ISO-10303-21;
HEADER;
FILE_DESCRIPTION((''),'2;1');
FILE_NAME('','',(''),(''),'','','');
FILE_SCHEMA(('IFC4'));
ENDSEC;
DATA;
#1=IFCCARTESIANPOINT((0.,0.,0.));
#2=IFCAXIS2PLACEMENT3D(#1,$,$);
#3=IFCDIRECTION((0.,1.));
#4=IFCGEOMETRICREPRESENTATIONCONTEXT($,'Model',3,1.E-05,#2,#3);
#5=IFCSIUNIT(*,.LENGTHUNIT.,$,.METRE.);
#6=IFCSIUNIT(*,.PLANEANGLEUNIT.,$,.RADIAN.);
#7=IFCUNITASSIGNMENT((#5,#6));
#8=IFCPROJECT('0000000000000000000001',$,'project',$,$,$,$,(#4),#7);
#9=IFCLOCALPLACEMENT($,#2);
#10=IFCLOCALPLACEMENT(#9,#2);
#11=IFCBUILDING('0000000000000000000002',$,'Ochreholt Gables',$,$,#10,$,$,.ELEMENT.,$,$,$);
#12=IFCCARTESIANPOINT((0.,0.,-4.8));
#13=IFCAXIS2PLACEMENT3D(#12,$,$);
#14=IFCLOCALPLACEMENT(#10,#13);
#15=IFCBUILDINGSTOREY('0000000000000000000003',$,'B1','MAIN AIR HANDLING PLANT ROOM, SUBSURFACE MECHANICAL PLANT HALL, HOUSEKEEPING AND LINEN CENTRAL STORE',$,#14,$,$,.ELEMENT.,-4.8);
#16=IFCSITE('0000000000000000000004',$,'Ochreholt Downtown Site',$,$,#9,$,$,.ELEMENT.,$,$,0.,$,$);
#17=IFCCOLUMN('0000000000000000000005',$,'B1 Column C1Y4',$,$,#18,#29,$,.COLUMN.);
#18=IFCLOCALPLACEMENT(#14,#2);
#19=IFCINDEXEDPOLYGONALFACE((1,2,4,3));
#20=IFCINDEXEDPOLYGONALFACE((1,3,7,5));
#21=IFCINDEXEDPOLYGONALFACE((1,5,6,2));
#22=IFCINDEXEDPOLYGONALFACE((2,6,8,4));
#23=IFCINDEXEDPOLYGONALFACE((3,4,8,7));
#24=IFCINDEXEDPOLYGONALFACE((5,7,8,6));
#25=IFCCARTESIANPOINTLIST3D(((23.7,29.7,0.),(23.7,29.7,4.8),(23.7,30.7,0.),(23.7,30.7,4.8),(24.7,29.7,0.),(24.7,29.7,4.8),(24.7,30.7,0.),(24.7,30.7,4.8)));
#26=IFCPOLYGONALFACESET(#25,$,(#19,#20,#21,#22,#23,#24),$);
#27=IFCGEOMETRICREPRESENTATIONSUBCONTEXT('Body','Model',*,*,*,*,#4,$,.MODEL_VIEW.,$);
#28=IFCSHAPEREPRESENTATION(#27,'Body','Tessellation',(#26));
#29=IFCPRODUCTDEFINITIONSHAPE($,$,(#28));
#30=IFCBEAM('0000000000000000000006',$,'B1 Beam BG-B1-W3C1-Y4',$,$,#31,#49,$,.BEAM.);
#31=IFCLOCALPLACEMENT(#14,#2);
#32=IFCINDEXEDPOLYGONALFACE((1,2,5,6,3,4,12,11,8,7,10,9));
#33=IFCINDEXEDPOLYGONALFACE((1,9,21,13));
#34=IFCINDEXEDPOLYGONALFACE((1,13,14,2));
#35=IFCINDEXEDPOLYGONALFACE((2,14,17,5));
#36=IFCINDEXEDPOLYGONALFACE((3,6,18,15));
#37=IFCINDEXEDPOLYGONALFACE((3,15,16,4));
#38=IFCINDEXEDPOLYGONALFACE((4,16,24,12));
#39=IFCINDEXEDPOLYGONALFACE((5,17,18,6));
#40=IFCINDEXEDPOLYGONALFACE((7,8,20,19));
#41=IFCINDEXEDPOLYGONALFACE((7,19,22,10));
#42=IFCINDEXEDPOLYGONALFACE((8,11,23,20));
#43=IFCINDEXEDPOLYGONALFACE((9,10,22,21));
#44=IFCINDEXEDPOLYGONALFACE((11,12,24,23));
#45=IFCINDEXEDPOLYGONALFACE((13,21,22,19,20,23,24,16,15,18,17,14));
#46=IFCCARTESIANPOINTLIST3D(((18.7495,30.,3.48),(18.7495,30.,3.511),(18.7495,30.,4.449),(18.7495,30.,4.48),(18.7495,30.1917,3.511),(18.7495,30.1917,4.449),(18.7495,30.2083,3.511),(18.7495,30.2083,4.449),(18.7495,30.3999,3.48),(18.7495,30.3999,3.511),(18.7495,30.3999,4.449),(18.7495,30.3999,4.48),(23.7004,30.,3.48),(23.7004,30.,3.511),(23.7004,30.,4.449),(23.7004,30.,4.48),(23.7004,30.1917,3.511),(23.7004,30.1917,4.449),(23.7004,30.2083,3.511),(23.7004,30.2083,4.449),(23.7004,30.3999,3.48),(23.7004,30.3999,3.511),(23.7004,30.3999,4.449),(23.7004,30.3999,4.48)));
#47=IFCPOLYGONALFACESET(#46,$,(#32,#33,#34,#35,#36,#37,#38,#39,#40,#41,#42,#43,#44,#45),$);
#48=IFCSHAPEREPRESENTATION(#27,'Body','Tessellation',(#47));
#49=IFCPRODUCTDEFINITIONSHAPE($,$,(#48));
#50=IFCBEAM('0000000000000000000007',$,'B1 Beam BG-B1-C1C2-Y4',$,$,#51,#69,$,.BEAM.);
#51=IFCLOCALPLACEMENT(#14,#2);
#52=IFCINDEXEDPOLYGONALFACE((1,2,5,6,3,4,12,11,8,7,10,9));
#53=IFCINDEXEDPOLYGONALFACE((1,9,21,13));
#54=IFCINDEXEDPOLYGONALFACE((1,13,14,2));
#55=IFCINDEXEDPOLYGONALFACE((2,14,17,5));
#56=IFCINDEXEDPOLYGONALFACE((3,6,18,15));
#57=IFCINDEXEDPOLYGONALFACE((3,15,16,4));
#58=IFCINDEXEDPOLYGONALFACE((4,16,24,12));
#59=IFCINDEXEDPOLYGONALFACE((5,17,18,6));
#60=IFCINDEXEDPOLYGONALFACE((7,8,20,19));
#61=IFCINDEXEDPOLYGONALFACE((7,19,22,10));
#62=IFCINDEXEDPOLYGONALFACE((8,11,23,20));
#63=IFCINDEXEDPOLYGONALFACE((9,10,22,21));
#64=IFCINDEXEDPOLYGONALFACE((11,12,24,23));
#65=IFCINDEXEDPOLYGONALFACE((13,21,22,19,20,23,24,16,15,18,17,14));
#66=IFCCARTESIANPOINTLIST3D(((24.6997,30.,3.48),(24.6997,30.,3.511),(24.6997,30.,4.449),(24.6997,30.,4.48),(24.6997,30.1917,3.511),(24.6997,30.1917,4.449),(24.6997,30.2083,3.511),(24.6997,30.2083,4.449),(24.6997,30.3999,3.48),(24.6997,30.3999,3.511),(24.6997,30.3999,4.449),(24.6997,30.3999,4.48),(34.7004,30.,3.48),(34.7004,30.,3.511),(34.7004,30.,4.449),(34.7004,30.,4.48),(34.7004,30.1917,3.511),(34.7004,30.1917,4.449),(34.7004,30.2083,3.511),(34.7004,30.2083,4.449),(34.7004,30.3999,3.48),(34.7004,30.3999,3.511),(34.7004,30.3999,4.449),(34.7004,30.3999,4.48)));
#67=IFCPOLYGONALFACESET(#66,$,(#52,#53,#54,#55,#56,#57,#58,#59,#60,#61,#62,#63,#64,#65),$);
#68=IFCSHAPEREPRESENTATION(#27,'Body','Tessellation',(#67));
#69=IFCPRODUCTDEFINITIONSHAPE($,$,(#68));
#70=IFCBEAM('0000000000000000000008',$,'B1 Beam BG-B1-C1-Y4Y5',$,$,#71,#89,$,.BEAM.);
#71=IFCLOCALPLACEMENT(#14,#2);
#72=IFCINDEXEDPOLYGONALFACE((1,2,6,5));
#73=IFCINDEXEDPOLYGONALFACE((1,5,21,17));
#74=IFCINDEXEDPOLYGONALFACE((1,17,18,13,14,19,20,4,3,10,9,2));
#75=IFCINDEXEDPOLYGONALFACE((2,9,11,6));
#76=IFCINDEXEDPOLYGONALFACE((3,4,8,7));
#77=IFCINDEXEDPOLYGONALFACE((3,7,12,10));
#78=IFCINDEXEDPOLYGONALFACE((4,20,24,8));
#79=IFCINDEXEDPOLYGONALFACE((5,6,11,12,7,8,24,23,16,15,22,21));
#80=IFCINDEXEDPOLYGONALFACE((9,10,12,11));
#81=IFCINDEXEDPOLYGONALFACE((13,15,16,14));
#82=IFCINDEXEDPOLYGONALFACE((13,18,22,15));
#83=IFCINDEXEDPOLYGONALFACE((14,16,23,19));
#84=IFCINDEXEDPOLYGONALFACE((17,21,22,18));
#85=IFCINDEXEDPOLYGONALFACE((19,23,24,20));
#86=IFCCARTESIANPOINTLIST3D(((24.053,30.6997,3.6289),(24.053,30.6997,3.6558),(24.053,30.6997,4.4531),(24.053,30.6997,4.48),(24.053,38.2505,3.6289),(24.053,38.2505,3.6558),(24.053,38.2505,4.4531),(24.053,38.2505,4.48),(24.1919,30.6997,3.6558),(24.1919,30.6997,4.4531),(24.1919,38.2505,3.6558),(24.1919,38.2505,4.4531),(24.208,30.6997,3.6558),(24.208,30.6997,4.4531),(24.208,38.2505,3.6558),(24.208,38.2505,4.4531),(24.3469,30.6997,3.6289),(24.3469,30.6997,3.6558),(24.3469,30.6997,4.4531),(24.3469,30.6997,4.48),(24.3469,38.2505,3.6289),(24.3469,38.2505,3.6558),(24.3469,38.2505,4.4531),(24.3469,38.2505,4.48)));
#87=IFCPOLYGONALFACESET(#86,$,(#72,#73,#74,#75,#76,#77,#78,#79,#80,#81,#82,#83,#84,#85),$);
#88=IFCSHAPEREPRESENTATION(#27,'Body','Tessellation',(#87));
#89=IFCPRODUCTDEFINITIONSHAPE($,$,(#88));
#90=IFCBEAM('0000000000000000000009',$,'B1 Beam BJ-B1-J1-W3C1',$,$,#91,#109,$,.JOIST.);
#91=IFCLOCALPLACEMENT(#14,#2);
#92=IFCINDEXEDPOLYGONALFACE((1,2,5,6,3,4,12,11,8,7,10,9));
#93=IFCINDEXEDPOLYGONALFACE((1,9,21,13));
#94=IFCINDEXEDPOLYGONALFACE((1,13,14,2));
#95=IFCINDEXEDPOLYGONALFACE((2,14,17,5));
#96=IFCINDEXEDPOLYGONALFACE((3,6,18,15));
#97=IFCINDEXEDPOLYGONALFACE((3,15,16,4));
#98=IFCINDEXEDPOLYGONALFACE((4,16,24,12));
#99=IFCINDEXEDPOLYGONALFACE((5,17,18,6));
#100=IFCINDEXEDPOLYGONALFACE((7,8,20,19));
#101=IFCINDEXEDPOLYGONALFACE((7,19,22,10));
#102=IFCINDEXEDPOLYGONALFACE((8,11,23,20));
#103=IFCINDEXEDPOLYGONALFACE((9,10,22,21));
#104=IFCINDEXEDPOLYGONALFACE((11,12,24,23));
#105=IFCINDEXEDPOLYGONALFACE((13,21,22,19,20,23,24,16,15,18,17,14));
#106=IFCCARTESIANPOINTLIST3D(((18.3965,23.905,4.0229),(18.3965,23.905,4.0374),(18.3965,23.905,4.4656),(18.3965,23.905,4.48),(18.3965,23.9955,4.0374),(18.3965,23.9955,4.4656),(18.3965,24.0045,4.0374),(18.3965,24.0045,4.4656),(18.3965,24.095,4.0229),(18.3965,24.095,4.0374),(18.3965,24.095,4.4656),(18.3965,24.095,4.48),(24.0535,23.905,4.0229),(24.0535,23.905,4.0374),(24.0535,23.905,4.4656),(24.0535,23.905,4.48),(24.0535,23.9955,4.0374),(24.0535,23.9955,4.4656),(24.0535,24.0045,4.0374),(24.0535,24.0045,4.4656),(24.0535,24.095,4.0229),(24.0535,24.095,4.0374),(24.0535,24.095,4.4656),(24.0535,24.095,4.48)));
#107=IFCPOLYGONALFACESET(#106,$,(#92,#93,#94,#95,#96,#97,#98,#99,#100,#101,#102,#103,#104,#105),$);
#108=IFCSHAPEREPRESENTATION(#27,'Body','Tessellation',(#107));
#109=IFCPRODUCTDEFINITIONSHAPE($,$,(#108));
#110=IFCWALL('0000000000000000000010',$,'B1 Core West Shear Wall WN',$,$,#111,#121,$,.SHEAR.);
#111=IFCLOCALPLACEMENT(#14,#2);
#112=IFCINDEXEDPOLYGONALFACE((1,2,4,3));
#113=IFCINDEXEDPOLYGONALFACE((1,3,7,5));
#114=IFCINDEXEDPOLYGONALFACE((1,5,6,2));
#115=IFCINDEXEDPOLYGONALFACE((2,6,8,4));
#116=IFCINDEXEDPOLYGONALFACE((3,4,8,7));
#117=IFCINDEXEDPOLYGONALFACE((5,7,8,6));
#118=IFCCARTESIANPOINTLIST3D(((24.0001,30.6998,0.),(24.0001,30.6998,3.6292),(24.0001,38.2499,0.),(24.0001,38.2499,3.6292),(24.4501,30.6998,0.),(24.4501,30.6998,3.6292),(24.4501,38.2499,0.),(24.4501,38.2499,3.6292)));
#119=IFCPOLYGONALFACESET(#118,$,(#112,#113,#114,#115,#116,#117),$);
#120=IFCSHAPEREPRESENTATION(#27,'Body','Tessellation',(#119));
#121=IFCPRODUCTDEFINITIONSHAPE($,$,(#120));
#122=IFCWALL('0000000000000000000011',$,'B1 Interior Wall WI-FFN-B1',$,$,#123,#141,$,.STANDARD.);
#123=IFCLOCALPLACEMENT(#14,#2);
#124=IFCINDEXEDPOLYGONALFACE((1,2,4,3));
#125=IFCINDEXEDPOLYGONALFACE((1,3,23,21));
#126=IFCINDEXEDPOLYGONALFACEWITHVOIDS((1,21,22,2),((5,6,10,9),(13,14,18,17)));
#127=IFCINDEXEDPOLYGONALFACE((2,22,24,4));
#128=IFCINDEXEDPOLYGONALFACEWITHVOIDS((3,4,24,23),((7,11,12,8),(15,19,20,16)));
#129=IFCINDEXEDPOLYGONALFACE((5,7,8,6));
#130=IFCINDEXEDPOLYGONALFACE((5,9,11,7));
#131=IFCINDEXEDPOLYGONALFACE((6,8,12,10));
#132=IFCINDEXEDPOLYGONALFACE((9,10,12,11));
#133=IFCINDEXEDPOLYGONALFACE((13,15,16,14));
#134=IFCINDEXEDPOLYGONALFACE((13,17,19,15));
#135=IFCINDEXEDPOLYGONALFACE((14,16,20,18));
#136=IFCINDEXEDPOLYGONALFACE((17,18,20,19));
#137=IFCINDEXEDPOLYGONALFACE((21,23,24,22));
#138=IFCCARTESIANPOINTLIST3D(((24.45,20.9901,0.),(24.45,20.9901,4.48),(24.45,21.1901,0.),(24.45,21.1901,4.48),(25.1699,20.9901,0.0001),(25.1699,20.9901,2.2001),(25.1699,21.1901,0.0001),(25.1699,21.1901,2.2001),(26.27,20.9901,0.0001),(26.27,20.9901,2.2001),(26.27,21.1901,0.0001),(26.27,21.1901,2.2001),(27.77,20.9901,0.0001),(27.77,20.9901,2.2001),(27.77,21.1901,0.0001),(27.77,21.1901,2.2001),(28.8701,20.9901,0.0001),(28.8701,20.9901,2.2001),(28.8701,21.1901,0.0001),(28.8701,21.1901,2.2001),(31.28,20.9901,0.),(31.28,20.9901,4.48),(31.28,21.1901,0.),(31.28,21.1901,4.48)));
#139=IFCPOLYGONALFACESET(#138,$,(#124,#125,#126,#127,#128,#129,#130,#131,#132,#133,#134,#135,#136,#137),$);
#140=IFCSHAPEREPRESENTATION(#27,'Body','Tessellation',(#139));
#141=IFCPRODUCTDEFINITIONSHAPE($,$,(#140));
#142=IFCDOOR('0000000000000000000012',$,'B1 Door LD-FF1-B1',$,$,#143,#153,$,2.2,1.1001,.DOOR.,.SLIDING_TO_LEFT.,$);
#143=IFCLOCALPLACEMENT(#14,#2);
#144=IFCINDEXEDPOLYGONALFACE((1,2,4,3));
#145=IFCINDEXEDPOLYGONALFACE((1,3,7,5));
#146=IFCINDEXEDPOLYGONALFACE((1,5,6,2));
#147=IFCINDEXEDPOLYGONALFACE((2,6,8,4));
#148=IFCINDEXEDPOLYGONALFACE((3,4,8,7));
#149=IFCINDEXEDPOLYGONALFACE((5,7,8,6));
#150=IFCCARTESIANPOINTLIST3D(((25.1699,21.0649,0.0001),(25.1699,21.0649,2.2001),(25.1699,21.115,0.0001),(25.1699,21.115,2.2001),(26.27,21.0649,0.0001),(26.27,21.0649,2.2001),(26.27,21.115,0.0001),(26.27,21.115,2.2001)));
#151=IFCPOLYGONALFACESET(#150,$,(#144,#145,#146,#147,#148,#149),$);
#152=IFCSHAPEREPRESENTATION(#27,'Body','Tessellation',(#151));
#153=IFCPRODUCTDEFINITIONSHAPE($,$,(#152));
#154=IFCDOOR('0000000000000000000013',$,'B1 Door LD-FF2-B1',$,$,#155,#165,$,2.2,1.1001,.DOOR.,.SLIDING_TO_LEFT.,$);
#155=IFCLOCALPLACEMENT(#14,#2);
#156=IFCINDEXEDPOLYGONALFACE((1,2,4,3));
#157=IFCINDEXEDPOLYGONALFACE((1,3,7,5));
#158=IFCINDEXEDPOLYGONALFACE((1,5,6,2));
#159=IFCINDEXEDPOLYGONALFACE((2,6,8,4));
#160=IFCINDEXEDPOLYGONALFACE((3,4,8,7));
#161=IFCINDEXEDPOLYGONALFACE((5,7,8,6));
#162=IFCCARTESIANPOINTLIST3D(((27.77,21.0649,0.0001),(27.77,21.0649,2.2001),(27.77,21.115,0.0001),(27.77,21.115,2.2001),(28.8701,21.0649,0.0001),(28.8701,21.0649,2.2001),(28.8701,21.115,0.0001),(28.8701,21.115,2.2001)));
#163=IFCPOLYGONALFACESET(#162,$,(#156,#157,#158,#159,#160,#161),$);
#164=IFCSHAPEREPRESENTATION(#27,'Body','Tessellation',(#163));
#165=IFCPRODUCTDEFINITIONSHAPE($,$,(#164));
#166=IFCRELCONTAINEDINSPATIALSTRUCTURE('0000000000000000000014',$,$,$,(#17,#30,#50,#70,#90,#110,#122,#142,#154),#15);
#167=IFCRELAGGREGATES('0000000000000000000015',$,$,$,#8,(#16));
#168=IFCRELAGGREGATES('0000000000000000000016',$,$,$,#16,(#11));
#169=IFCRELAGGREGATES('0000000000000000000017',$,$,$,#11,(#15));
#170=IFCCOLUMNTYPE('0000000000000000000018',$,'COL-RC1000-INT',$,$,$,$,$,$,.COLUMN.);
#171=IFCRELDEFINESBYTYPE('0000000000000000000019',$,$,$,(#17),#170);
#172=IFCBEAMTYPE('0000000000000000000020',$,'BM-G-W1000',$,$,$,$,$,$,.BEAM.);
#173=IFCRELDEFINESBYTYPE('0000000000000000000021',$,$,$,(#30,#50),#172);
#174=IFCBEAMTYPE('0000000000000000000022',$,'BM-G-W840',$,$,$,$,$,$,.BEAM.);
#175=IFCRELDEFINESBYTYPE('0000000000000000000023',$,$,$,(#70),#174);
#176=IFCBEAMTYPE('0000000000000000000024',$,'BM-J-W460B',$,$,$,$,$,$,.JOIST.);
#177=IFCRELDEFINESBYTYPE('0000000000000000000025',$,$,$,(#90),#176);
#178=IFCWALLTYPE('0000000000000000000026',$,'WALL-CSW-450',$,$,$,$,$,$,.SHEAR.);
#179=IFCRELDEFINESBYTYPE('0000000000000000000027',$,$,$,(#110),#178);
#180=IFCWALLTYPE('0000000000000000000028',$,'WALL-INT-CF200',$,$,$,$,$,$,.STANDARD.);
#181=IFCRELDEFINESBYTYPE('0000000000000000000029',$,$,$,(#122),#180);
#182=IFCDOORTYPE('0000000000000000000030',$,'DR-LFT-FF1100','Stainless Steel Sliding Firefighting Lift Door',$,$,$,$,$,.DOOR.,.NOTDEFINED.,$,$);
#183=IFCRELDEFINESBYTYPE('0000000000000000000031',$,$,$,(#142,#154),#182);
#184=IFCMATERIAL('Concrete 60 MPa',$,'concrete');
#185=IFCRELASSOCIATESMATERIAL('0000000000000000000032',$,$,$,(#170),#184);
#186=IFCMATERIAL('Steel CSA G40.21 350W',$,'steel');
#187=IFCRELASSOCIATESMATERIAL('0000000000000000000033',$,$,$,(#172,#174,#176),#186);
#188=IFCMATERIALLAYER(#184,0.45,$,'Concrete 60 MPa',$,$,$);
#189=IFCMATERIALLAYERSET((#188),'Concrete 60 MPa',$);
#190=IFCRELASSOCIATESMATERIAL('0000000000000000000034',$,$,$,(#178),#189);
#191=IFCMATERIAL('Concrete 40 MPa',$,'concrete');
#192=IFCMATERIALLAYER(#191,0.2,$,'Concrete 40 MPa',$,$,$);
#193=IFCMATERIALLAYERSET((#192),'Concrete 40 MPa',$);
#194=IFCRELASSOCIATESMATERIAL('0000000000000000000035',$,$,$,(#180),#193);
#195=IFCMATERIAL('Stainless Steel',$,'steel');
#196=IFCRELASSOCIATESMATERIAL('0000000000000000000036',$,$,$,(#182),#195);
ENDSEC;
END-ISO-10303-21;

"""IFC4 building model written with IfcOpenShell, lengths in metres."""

from ifc_helpers import new_model, si_unit, direction, frame, frame_2d, origin, origin_2d, place, context, subcontext, project, spatial, rectangle, i_section, extrude, material, layer, layer_set, material_profile, profile_set, type_object, element, fill, save


model = new_model("IFC4")

# Units and contexts
model_context = context("Model", 3, precision=1e-05, world=origin(), true_north=direction((0.0, 1.0)))
body_context = subcontext(model_context, "Body", "Model", "MODEL_VIEW")
ifc_project = project(units=[si_unit("LENGTHUNIT", "METRE"), si_unit("PLANEANGLEUNIT", "RADIAN")], contexts=[model_context])

# Site, building, storey
site_placement = place(None, origin())
site = spatial("IfcSite", under=ifc_project, at=site_placement, Name="Ochreholt Downtown Site", CompositionType="ELEMENT", RefElevation=0.0)
building_placement = place(site_placement, origin())
building = spatial("IfcBuilding", under=site, at=building_placement, Name="Ochreholt Gables", CompositionType="ELEMENT")
storey_placement = place(building_placement, frame((0.0, 0.0, -4.8)))
storey = spatial("IfcBuildingStorey", under=building, at=storey_placement, Name="B1", Description="MAIN AIR HANDLING PLANT ROOM, SUBSURFACE MECHANICAL PLANT HALL, HOUSEKEEPING AND LINEN CENTRAL STORE", CompositionType="ELEMENT", Elevation=-4.8)

# Column
ifc_material_1 = material(Name="Concrete 60 MPa", Category="concrete")
ifc_material_profile_1 = material_profile(ifc_material_1, rectangle(XDim=1.0, YDim=1.0, at=origin_2d()), Name="RC1000X1000")
ifc_profile_set_1 = profile_set([ifc_material_profile_1], Name="Concrete 60 MPa")
column_type = type_object("IfcColumnType", Name="COL-RC1000-INT", PredefinedType="COLUMN", material=ifc_profile_set_1)
column_placement = place(storey_placement, frame((24.2, 30.2, 0.0), z_axis=(0.0, 0.0, 1.0), x_axis=(1.0, 0.0, 0.0)))
element("IfcColumn", 1, at=column_placement, inside=storey, type_object=column_type, Name="B1 Column C1Y4", PredefinedType="COLUMN", context=body_context, shape_type="SweptSolid", body=[
    extrude(rectangle(XDim=1.0, YDim=1.0, at=origin_2d()), origin(), (0.0, 0.0, 1.0), 4.8),
])

# Beams
ifc_material_2 = material(Name="Steel CSA G40.21 350W", Category="steel")
ifc_material_profile_2 = material_profile(ifc_material_2, i_section(OverallWidth=0.3999, OverallDepth=1.0, WebThickness=0.0166, FlangeThickness=0.031, at=origin_2d()), Name="W1000X321")
ifc_profile_set_2 = profile_set([ifc_material_profile_2], Name="Steel CSA G40.21 350W")
beam_type_1 = type_object("IfcBeamType", Name="BM-G-W1000", PredefinedType="BEAM", material=ifc_profile_set_2)
beam_1_placement = place(storey_placement, frame((18.7495, 30.2, 3.98), z_axis=(1.0, 0.0, 0.0), x_axis=(0.0, 1.0, 0.0)))
element("IfcBeam", 2, at=beam_1_placement, inside=storey, type_object=beam_type_1, Name="B1 Beam BG-B1-W3C1-Y4", PredefinedType="BEAM", context=body_context, shape_type="SweptSolid", body=[
    extrude(i_section(OverallWidth=0.3999, OverallDepth=1.0, WebThickness=0.0166, FlangeThickness=0.031, at=origin_2d()), origin(), (0.0, 0.0, 1.0), 4.9509),
])
beam_2_placement = place(storey_placement, frame((24.6997, 30.2, 3.98), z_axis=(1.0, 0.0, 0.0), x_axis=(0.0, 1.0, 0.0)))
element("IfcBeam", 3, at=beam_2_placement, inside=storey, type_object=beam_type_1, Name="B1 Beam BG-B1-C1C2-Y4", PredefinedType="BEAM", context=body_context, shape_type="SweptSolid", body=[
    extrude(i_section(OverallWidth=0.3999, OverallDepth=1.0, WebThickness=0.0166, FlangeThickness=0.031, at=origin_2d()), origin(), (0.0, 0.0, 1.0), 10.0007),
])
ifc_material_profile_3 = material_profile(ifc_material_2, i_section(OverallWidth=0.2939, OverallDepth=0.8511, WebThickness=0.0161, FlangeThickness=0.0269, at=origin_2d()), Name="W840X226")
ifc_profile_set_3 = profile_set([ifc_material_profile_3], Name="Steel CSA G40.21 350W")
beam_type_2 = type_object("IfcBeamType", Name="BM-G-W840", PredefinedType="BEAM", material=ifc_profile_set_3)
beam_3_placement = place(storey_placement, frame((24.2, 30.6997, 4.0544), z_axis=(0.0, 1.0, 0.0), x_axis=(-1.0, 0.0, 0.0)))
element("IfcBeam", 4, at=beam_3_placement, inside=storey, type_object=beam_type_2, Name="B1 Beam BG-B1-C1-Y4Y5", PredefinedType="BEAM", context=body_context, shape_type="SweptSolid", body=[
    extrude(i_section(OverallWidth=0.2939, OverallDepth=0.8511, WebThickness=0.0161, FlangeThickness=0.0269, at=origin_2d()), origin(), (0.0, 0.0, 1.0), 7.5508),
])
ifc_material_profile_4 = material_profile(ifc_material_2, i_section(OverallWidth=0.1899, OverallDepth=0.457, WebThickness=0.009, FlangeThickness=0.0144, at=origin_2d()), Name="W460X74")
ifc_profile_set_4 = profile_set([ifc_material_profile_4], Name="Steel CSA G40.21 350W")
beam_type_3 = type_object("IfcBeamType", Name="BM-J-W460B", PredefinedType="JOIST", material=ifc_profile_set_4)
beam_4_placement = place(storey_placement, frame((18.3965, 24.0, 4.2515), z_axis=(1.0, 0.0, 0.0), x_axis=(0.0, 1.0, 0.0)))
element("IfcBeam", 5, at=beam_4_placement, inside=storey, type_object=beam_type_3, Name="B1 Beam BJ-B1-J1-W3C1", PredefinedType="JOIST", context=body_context, shape_type="SweptSolid", body=[
    extrude(i_section(OverallWidth=0.1899, OverallDepth=0.457, WebThickness=0.009, FlangeThickness=0.0144, at=origin_2d()), origin(), (0.0, 0.0, 1.0), 5.657),
])

# Wall
ifc_layer_1 = layer(ifc_material_1, 0.45, Name="Concrete 60 MPa")
ifc_layer_set_1 = layer_set([ifc_layer_1], Name="Concrete 60 MPa")
wall_type_1 = type_object("IfcWallType", Name="WALL-CSW-450", PredefinedType="SHEAR", material=ifc_layer_set_1)
wall_1_placement = place(storey_placement, frame((24.2251, 30.7, 0.0), z_axis=(0.0, 0.0, 1.0), x_axis=(0.0, 1.0, 0.0)))
element("IfcWall", 6, at=wall_1_placement, inside=storey, type_object=wall_type_1, Name="B1 Core West Shear Wall WN", PredefinedType="SHEAR", context=body_context, shape_type="SweptSolid", body=[
    extrude(rectangle(XDim=7.55, YDim=0.45, at=frame_2d((3.7749, 0.0))), origin(), (0.0, 0.0, 1.0), 3.6292),
])

# Wall, openings, doors
ifc_material_3 = material(Name="Concrete 40 MPa", Category="concrete")
ifc_layer_2 = layer(ifc_material_3, 0.2, Name="Concrete 40 MPa")
ifc_layer_set_2 = layer_set([ifc_layer_2], Name="Concrete 40 MPa")
wall_type_2 = type_object("IfcWallType", Name="WALL-INT-CF200", PredefinedType="STANDARD", material=ifc_layer_set_2)
wall_2_placement = place(storey_placement, frame((24.45, 21.0901, 0.0), z_axis=(0.0, 0.0, 1.0), x_axis=(1.0, 0.0, 0.0)))
wall_2 = element("IfcWall", 7, at=wall_2_placement, inside=storey, type_object=wall_type_2, Name="B1 Interior Wall WI-FFN-B1", PredefinedType="STANDARD", context=body_context, shape_type="SweptSolid", body=[
    extrude(rectangle(XDim=6.8301, YDim=0.2, at=frame_2d((3.415, 0.0))), origin(), (0.0, 0.0, 1.0), 4.48),
])
opening_1_placement = place(wall_2_placement, frame((0.72, 0.0, 0.0)))
opening_1 = element("IfcOpeningElement", 8, at=opening_1_placement, cuts=wall_2, PredefinedType="OPENING", context=body_context, shape_type="SweptSolid", body=[
    extrude(rectangle(XDim=1.1001, YDim=2.2, at=frame_2d((0.55, 1.1001))), frame((0.0, 0.1099, 0.0), z_axis=(0.0, -1.0, 0.0), x_axis=(1.0, 0.0, 0.0)), (0.0, 0.0, 1.0), 0.22),
])
opening_2_placement = place(wall_2_placement, frame((3.3201, 0.0, 0.0)))
opening_2 = element("IfcOpeningElement", 9, at=opening_2_placement, cuts=wall_2, PredefinedType="OPENING", context=body_context, shape_type="SweptSolid", body=[
    extrude(rectangle(XDim=1.1001, YDim=2.2, at=frame_2d((0.55, 1.1001))), frame((0.0, 0.1099, 0.0), z_axis=(0.0, -1.0, 0.0), x_axis=(1.0, 0.0, 0.0)), (0.0, 0.0, 1.0), 0.22),
])
ifc_material_4 = material(Name="Stainless Steel", Category="steel")
door_type_1 = type_object("IfcDoorType", Name="DR-LFT-FF1100", Description="Stainless Steel Sliding Firefighting Lift Door", OperationType="NOTDEFINED", PredefinedType="DOOR", material=ifc_material_4)
door_1_placement = place(opening_1_placement, origin())
door_1 = element("IfcDoor", 10, at=door_1_placement, inside=storey, type_object=door_type_1, Name="B1 Door LD-FF1-B1", OperationType="SLIDING_TO_LEFT", OverallHeight=2.2, OverallWidth=1.1001, PredefinedType="DOOR", context=body_context, shape_type="SweptSolid", body=[
    extrude(rectangle(XDim=1.1001, YDim=2.2, at=frame_2d((0.55, 1.1001))), frame((0.0, 0.0249, 0.0), z_axis=(0.0, -1.0, 0.0), x_axis=(1.0, 0.0, 0.0)), (0.0, 0.0, 1.0), 0.05),
])
fill(opening_1, door_1)
door_2_placement = place(opening_2_placement, origin())
door_2 = element("IfcDoor", 11, at=door_2_placement, inside=storey, type_object=door_type_1, Name="B1 Door LD-FF2-B1", OperationType="SLIDING_TO_LEFT", OverallHeight=2.2, OverallWidth=1.1001, PredefinedType="DOOR", context=body_context, shape_type="SweptSolid", body=[
    extrude(rectangle(XDim=1.1001, YDim=2.2, at=frame_2d((0.55, 1.1001))), frame((0.0, 0.0249, 0.0), z_axis=(0.0, -1.0, 0.0), x_axis=(1.0, 0.0, 0.0)), (0.0, 0.0, 1.0), 0.05),
])
fill(opening_2, door_2)

save(model, "model.ifc")
